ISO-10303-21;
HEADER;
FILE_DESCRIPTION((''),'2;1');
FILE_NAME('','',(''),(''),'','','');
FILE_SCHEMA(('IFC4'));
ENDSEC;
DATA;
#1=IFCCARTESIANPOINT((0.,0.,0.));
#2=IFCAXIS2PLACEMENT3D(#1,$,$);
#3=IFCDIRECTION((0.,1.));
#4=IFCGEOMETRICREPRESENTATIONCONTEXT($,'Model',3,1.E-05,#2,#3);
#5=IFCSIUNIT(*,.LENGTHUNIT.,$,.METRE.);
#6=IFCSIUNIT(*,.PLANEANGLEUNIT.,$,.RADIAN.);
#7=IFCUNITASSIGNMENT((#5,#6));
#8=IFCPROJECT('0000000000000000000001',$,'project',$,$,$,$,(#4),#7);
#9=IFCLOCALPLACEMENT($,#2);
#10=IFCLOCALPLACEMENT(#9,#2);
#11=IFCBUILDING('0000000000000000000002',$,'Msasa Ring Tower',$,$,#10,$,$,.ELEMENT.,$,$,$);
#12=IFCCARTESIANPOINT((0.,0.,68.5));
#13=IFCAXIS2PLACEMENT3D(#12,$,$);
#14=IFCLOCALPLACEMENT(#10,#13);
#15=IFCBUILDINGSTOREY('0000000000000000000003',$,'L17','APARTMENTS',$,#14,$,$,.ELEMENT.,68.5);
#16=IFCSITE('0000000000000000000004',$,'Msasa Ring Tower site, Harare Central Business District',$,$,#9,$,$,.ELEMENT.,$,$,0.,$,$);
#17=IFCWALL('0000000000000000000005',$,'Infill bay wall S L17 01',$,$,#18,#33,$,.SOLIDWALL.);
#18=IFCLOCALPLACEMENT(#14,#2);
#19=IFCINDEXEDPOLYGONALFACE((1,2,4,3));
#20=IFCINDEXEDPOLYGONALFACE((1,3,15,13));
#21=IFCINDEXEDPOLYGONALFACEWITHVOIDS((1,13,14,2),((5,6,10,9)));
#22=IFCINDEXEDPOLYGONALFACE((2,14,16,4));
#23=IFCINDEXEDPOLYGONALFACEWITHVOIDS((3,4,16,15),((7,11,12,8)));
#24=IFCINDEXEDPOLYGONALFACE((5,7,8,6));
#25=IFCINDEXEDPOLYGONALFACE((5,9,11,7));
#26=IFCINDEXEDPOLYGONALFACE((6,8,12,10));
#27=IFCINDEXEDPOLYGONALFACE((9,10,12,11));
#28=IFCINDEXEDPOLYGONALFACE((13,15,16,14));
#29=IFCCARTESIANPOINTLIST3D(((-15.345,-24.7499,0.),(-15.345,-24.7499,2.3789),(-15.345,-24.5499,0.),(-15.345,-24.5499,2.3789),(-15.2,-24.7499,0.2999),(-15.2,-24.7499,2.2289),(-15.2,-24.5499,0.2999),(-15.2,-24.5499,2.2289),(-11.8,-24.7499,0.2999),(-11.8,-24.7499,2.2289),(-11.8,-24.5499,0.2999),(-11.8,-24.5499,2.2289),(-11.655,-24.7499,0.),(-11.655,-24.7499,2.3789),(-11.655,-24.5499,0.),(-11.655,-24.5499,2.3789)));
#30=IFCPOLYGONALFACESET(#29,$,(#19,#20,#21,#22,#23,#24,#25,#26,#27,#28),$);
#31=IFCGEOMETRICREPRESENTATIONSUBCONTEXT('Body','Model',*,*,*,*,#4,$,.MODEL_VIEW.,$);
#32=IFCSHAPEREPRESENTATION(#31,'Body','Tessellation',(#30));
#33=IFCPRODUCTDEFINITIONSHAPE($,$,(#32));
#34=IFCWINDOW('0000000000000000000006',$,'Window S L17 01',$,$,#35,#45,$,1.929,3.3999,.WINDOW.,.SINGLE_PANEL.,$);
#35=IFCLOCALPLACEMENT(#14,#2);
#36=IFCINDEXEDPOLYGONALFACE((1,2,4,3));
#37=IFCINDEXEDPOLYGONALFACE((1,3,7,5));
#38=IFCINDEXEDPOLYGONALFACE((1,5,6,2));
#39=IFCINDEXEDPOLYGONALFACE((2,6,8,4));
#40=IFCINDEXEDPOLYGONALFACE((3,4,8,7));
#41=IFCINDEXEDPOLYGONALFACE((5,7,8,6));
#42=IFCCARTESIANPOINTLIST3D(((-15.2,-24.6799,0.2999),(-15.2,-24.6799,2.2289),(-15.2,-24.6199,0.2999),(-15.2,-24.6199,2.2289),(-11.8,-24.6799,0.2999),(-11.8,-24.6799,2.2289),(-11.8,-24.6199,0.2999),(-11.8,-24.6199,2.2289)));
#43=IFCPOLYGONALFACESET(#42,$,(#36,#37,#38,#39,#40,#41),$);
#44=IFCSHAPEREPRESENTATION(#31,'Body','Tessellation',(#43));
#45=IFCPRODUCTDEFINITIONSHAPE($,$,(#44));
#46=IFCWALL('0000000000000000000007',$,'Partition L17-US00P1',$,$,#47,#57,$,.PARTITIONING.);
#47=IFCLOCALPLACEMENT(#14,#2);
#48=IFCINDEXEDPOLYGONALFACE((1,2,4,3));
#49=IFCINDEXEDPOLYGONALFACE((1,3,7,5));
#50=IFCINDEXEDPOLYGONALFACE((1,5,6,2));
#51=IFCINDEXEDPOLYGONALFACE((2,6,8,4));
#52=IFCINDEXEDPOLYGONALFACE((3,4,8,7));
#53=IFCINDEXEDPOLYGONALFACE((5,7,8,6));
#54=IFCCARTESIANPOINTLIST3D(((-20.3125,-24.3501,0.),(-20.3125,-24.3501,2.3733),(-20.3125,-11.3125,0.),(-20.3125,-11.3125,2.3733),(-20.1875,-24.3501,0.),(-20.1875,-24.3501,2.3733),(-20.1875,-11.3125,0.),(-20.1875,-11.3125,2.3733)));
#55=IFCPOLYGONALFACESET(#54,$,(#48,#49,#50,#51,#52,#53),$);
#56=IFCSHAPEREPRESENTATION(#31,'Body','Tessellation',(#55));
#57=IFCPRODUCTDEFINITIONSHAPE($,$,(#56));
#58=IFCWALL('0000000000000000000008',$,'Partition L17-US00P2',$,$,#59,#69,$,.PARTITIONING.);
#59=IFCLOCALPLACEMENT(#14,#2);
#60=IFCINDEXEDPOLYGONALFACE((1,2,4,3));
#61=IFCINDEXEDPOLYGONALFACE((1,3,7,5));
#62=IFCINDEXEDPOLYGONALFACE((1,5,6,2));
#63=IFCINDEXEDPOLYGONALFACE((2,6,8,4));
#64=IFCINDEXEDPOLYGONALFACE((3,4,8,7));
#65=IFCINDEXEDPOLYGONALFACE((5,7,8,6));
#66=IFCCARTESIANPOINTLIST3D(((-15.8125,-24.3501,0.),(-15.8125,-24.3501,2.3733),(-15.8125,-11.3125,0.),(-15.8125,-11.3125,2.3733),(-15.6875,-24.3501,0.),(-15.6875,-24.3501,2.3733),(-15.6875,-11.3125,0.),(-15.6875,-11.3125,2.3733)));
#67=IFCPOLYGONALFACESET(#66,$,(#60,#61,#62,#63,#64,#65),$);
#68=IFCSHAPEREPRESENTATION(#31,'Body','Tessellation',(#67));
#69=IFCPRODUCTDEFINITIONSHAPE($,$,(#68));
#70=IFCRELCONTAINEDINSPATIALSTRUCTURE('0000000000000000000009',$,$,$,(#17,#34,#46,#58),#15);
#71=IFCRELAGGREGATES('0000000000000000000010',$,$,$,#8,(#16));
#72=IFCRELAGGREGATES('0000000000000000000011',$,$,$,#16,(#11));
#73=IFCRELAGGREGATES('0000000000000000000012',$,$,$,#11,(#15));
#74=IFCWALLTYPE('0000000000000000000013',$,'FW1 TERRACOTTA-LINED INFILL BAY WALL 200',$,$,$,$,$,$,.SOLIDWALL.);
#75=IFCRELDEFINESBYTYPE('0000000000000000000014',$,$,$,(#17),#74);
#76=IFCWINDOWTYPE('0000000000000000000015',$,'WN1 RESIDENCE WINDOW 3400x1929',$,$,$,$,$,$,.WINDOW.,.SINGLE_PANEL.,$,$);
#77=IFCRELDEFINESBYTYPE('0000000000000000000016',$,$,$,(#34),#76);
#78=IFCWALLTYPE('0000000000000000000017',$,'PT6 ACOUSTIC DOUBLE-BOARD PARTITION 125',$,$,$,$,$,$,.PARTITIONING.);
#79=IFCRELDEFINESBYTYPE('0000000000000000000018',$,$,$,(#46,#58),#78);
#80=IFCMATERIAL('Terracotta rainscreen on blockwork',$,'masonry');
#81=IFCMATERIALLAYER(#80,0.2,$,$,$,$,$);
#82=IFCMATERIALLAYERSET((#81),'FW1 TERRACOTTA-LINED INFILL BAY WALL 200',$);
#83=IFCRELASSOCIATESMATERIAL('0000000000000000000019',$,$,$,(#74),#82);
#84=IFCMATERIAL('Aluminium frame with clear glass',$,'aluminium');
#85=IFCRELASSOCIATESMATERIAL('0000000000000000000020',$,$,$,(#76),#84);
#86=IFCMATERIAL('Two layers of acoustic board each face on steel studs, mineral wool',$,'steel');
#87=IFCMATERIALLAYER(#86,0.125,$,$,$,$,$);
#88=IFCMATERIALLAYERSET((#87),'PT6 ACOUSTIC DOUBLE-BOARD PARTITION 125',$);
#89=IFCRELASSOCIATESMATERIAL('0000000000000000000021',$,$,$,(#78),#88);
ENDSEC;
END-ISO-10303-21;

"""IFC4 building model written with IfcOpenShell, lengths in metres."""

from ifc_helpers import new_model, si_unit, direction, frame, frame_2d, origin, place, context, subcontext, project, spatial, rectangle, extrude, material, layer, layer_set, type_object, element, fill, save


model = new_model("IFC4")

# Units and contexts
model_context = context("Model", 3, precision=1e-05, world=origin(), true_north=direction((0.0, 1.0)))
body_context = subcontext(model_context, "Body", "Model", "MODEL_VIEW")
ifc_project = project(units=[si_unit("LENGTHUNIT", "METRE"), si_unit("PLANEANGLEUNIT", "RADIAN")], contexts=[model_context])

# Site, building, storey
site_placement = place(None, origin())
site = spatial("IfcSite", under=ifc_project, at=site_placement, Name="Msasa Ring Tower site, Harare Central Business District", CompositionType="ELEMENT", RefElevation=0.0)
building_placement = place(site_placement, origin())
building = spatial("IfcBuilding", under=site, at=building_placement, Name="Msasa Ring Tower", CompositionType="ELEMENT")
storey_placement = place(building_placement, frame((0.0, 0.0, 68.5)))
storey = spatial("IfcBuildingStorey", under=building, at=storey_placement, Name="L17", Description="APARTMENTS", CompositionType="ELEMENT", Elevation=68.5)

# Wall, opening, window
ifc_material_1 = material(Name="Terracotta rainscreen on blockwork", Category="masonry")
ifc_layer_1 = layer(ifc_material_1, 0.2)
ifc_layer_set_1 = layer_set([ifc_layer_1], Name="FW1 TERRACOTTA-LINED INFILL BAY WALL 200")
wall_type_1 = type_object("IfcWallType", Name="FW1 TERRACOTTA-LINED INFILL BAY WALL 200", PredefinedType="SOLIDWALL", material=ifc_layer_set_1)
ifc_material_2 = material(Name="Aluminium frame with clear glass", Category="aluminium")
window_type = type_object("IfcWindowType", Name="WN1 RESIDENCE WINDOW 3400x1929", PartitioningType="SINGLE_PANEL", PredefinedType="WINDOW", material=ifc_material_2)
wall_1_placement = place(storey_placement, frame((-15.345, -24.6499, 0.0), z_axis=(0.0, 0.0, 1.0), x_axis=(1.0, 0.0, 0.0)))
wall_1 = element("IfcWall", 1, at=wall_1_placement, inside=storey, type_object=wall_type_1, Name="Infill bay wall S L17 01", PredefinedType="SOLIDWALL", context=body_context, shape_type="SweptSolid", body=[
    extrude(rectangle(XDim=3.6899, YDim=0.2, at=frame_2d((1.845, 0.0))), origin(), (0.0, 0.0, 1.0), 2.3789),
])
opening_1_placement = place(wall_1_placement, frame((0.145, 0.0, 0.3)))
opening_1 = element("IfcOpeningElement", 2, at=opening_1_placement, cuts=wall_1, PredefinedType="OPENING", context=body_context, shape_type="SweptSolid", body=[
    extrude(rectangle(XDim=3.3999, YDim=1.929, at=frame_2d((1.7, 0.9644))), frame((0.0, 0.1099, 0.0), z_axis=(0.0, -1.0, 0.0), x_axis=(1.0, 0.0, 0.0)), (0.0, 0.0, 1.0), 0.22),
])
window_1_placement = place(opening_1_placement, origin())
window_1 = element("IfcWindow", 3, at=window_1_placement, inside=storey, type_object=window_type, Name="Window S L17 01", OverallHeight=1.929, OverallWidth=3.3999, PartitioningType="SINGLE_PANEL", PredefinedType="WINDOW", context=body_context, shape_type="SweptSolid", body=[
    extrude(rectangle(XDim=3.3999, YDim=1.929, at=frame_2d((1.7, 0.9644))), frame((0.0, 0.03, 0.0), z_axis=(0.0, -1.0, 0.0), x_axis=(1.0, 0.0, 0.0)), (0.0, 0.0, 1.0), 0.0601),
])
fill(opening_1, window_1)

# Walls
ifc_material_3 = material(Name="Two layers of acoustic board each face on steel studs, mineral wool", Category="steel")
ifc_layer_2 = layer(ifc_material_3, 0.125)
ifc_layer_set_2 = layer_set([ifc_layer_2], Name="PT6 ACOUSTIC DOUBLE-BOARD PARTITION 125")
wall_type_2 = type_object("IfcWallType", Name="PT6 ACOUSTIC DOUBLE-BOARD PARTITION 125", PredefinedType="PARTITIONING", material=ifc_layer_set_2)
for number, where, z_axis, x_axis, name in (
    (4, (-20.25, -24.3501, 0.0), (0.0, 0.0, 1.0), (0.0, 1.0, 0.0), "Partition L17-US00P1"),
    (5, (-15.75, -24.3501, 0.0), (0.0, 0.0, 1.0), (0.0, 1.0, 0.0), "Partition L17-US00P2"),
):
    element("IfcWall", number, at=place(storey_placement, frame(where, z_axis=z_axis, x_axis=x_axis)), inside=storey, type_object=wall_type_2, Name=name, PredefinedType="PARTITIONING", context=body_context, shape_type="SweptSolid", body=[
        extrude(rectangle(XDim=13.0376, YDim=0.125, at=frame_2d((6.5188, 0.0))), origin(), (0.0, 0.0, 1.0), 2.3733),
    ])

save(model, "model.ifc")
